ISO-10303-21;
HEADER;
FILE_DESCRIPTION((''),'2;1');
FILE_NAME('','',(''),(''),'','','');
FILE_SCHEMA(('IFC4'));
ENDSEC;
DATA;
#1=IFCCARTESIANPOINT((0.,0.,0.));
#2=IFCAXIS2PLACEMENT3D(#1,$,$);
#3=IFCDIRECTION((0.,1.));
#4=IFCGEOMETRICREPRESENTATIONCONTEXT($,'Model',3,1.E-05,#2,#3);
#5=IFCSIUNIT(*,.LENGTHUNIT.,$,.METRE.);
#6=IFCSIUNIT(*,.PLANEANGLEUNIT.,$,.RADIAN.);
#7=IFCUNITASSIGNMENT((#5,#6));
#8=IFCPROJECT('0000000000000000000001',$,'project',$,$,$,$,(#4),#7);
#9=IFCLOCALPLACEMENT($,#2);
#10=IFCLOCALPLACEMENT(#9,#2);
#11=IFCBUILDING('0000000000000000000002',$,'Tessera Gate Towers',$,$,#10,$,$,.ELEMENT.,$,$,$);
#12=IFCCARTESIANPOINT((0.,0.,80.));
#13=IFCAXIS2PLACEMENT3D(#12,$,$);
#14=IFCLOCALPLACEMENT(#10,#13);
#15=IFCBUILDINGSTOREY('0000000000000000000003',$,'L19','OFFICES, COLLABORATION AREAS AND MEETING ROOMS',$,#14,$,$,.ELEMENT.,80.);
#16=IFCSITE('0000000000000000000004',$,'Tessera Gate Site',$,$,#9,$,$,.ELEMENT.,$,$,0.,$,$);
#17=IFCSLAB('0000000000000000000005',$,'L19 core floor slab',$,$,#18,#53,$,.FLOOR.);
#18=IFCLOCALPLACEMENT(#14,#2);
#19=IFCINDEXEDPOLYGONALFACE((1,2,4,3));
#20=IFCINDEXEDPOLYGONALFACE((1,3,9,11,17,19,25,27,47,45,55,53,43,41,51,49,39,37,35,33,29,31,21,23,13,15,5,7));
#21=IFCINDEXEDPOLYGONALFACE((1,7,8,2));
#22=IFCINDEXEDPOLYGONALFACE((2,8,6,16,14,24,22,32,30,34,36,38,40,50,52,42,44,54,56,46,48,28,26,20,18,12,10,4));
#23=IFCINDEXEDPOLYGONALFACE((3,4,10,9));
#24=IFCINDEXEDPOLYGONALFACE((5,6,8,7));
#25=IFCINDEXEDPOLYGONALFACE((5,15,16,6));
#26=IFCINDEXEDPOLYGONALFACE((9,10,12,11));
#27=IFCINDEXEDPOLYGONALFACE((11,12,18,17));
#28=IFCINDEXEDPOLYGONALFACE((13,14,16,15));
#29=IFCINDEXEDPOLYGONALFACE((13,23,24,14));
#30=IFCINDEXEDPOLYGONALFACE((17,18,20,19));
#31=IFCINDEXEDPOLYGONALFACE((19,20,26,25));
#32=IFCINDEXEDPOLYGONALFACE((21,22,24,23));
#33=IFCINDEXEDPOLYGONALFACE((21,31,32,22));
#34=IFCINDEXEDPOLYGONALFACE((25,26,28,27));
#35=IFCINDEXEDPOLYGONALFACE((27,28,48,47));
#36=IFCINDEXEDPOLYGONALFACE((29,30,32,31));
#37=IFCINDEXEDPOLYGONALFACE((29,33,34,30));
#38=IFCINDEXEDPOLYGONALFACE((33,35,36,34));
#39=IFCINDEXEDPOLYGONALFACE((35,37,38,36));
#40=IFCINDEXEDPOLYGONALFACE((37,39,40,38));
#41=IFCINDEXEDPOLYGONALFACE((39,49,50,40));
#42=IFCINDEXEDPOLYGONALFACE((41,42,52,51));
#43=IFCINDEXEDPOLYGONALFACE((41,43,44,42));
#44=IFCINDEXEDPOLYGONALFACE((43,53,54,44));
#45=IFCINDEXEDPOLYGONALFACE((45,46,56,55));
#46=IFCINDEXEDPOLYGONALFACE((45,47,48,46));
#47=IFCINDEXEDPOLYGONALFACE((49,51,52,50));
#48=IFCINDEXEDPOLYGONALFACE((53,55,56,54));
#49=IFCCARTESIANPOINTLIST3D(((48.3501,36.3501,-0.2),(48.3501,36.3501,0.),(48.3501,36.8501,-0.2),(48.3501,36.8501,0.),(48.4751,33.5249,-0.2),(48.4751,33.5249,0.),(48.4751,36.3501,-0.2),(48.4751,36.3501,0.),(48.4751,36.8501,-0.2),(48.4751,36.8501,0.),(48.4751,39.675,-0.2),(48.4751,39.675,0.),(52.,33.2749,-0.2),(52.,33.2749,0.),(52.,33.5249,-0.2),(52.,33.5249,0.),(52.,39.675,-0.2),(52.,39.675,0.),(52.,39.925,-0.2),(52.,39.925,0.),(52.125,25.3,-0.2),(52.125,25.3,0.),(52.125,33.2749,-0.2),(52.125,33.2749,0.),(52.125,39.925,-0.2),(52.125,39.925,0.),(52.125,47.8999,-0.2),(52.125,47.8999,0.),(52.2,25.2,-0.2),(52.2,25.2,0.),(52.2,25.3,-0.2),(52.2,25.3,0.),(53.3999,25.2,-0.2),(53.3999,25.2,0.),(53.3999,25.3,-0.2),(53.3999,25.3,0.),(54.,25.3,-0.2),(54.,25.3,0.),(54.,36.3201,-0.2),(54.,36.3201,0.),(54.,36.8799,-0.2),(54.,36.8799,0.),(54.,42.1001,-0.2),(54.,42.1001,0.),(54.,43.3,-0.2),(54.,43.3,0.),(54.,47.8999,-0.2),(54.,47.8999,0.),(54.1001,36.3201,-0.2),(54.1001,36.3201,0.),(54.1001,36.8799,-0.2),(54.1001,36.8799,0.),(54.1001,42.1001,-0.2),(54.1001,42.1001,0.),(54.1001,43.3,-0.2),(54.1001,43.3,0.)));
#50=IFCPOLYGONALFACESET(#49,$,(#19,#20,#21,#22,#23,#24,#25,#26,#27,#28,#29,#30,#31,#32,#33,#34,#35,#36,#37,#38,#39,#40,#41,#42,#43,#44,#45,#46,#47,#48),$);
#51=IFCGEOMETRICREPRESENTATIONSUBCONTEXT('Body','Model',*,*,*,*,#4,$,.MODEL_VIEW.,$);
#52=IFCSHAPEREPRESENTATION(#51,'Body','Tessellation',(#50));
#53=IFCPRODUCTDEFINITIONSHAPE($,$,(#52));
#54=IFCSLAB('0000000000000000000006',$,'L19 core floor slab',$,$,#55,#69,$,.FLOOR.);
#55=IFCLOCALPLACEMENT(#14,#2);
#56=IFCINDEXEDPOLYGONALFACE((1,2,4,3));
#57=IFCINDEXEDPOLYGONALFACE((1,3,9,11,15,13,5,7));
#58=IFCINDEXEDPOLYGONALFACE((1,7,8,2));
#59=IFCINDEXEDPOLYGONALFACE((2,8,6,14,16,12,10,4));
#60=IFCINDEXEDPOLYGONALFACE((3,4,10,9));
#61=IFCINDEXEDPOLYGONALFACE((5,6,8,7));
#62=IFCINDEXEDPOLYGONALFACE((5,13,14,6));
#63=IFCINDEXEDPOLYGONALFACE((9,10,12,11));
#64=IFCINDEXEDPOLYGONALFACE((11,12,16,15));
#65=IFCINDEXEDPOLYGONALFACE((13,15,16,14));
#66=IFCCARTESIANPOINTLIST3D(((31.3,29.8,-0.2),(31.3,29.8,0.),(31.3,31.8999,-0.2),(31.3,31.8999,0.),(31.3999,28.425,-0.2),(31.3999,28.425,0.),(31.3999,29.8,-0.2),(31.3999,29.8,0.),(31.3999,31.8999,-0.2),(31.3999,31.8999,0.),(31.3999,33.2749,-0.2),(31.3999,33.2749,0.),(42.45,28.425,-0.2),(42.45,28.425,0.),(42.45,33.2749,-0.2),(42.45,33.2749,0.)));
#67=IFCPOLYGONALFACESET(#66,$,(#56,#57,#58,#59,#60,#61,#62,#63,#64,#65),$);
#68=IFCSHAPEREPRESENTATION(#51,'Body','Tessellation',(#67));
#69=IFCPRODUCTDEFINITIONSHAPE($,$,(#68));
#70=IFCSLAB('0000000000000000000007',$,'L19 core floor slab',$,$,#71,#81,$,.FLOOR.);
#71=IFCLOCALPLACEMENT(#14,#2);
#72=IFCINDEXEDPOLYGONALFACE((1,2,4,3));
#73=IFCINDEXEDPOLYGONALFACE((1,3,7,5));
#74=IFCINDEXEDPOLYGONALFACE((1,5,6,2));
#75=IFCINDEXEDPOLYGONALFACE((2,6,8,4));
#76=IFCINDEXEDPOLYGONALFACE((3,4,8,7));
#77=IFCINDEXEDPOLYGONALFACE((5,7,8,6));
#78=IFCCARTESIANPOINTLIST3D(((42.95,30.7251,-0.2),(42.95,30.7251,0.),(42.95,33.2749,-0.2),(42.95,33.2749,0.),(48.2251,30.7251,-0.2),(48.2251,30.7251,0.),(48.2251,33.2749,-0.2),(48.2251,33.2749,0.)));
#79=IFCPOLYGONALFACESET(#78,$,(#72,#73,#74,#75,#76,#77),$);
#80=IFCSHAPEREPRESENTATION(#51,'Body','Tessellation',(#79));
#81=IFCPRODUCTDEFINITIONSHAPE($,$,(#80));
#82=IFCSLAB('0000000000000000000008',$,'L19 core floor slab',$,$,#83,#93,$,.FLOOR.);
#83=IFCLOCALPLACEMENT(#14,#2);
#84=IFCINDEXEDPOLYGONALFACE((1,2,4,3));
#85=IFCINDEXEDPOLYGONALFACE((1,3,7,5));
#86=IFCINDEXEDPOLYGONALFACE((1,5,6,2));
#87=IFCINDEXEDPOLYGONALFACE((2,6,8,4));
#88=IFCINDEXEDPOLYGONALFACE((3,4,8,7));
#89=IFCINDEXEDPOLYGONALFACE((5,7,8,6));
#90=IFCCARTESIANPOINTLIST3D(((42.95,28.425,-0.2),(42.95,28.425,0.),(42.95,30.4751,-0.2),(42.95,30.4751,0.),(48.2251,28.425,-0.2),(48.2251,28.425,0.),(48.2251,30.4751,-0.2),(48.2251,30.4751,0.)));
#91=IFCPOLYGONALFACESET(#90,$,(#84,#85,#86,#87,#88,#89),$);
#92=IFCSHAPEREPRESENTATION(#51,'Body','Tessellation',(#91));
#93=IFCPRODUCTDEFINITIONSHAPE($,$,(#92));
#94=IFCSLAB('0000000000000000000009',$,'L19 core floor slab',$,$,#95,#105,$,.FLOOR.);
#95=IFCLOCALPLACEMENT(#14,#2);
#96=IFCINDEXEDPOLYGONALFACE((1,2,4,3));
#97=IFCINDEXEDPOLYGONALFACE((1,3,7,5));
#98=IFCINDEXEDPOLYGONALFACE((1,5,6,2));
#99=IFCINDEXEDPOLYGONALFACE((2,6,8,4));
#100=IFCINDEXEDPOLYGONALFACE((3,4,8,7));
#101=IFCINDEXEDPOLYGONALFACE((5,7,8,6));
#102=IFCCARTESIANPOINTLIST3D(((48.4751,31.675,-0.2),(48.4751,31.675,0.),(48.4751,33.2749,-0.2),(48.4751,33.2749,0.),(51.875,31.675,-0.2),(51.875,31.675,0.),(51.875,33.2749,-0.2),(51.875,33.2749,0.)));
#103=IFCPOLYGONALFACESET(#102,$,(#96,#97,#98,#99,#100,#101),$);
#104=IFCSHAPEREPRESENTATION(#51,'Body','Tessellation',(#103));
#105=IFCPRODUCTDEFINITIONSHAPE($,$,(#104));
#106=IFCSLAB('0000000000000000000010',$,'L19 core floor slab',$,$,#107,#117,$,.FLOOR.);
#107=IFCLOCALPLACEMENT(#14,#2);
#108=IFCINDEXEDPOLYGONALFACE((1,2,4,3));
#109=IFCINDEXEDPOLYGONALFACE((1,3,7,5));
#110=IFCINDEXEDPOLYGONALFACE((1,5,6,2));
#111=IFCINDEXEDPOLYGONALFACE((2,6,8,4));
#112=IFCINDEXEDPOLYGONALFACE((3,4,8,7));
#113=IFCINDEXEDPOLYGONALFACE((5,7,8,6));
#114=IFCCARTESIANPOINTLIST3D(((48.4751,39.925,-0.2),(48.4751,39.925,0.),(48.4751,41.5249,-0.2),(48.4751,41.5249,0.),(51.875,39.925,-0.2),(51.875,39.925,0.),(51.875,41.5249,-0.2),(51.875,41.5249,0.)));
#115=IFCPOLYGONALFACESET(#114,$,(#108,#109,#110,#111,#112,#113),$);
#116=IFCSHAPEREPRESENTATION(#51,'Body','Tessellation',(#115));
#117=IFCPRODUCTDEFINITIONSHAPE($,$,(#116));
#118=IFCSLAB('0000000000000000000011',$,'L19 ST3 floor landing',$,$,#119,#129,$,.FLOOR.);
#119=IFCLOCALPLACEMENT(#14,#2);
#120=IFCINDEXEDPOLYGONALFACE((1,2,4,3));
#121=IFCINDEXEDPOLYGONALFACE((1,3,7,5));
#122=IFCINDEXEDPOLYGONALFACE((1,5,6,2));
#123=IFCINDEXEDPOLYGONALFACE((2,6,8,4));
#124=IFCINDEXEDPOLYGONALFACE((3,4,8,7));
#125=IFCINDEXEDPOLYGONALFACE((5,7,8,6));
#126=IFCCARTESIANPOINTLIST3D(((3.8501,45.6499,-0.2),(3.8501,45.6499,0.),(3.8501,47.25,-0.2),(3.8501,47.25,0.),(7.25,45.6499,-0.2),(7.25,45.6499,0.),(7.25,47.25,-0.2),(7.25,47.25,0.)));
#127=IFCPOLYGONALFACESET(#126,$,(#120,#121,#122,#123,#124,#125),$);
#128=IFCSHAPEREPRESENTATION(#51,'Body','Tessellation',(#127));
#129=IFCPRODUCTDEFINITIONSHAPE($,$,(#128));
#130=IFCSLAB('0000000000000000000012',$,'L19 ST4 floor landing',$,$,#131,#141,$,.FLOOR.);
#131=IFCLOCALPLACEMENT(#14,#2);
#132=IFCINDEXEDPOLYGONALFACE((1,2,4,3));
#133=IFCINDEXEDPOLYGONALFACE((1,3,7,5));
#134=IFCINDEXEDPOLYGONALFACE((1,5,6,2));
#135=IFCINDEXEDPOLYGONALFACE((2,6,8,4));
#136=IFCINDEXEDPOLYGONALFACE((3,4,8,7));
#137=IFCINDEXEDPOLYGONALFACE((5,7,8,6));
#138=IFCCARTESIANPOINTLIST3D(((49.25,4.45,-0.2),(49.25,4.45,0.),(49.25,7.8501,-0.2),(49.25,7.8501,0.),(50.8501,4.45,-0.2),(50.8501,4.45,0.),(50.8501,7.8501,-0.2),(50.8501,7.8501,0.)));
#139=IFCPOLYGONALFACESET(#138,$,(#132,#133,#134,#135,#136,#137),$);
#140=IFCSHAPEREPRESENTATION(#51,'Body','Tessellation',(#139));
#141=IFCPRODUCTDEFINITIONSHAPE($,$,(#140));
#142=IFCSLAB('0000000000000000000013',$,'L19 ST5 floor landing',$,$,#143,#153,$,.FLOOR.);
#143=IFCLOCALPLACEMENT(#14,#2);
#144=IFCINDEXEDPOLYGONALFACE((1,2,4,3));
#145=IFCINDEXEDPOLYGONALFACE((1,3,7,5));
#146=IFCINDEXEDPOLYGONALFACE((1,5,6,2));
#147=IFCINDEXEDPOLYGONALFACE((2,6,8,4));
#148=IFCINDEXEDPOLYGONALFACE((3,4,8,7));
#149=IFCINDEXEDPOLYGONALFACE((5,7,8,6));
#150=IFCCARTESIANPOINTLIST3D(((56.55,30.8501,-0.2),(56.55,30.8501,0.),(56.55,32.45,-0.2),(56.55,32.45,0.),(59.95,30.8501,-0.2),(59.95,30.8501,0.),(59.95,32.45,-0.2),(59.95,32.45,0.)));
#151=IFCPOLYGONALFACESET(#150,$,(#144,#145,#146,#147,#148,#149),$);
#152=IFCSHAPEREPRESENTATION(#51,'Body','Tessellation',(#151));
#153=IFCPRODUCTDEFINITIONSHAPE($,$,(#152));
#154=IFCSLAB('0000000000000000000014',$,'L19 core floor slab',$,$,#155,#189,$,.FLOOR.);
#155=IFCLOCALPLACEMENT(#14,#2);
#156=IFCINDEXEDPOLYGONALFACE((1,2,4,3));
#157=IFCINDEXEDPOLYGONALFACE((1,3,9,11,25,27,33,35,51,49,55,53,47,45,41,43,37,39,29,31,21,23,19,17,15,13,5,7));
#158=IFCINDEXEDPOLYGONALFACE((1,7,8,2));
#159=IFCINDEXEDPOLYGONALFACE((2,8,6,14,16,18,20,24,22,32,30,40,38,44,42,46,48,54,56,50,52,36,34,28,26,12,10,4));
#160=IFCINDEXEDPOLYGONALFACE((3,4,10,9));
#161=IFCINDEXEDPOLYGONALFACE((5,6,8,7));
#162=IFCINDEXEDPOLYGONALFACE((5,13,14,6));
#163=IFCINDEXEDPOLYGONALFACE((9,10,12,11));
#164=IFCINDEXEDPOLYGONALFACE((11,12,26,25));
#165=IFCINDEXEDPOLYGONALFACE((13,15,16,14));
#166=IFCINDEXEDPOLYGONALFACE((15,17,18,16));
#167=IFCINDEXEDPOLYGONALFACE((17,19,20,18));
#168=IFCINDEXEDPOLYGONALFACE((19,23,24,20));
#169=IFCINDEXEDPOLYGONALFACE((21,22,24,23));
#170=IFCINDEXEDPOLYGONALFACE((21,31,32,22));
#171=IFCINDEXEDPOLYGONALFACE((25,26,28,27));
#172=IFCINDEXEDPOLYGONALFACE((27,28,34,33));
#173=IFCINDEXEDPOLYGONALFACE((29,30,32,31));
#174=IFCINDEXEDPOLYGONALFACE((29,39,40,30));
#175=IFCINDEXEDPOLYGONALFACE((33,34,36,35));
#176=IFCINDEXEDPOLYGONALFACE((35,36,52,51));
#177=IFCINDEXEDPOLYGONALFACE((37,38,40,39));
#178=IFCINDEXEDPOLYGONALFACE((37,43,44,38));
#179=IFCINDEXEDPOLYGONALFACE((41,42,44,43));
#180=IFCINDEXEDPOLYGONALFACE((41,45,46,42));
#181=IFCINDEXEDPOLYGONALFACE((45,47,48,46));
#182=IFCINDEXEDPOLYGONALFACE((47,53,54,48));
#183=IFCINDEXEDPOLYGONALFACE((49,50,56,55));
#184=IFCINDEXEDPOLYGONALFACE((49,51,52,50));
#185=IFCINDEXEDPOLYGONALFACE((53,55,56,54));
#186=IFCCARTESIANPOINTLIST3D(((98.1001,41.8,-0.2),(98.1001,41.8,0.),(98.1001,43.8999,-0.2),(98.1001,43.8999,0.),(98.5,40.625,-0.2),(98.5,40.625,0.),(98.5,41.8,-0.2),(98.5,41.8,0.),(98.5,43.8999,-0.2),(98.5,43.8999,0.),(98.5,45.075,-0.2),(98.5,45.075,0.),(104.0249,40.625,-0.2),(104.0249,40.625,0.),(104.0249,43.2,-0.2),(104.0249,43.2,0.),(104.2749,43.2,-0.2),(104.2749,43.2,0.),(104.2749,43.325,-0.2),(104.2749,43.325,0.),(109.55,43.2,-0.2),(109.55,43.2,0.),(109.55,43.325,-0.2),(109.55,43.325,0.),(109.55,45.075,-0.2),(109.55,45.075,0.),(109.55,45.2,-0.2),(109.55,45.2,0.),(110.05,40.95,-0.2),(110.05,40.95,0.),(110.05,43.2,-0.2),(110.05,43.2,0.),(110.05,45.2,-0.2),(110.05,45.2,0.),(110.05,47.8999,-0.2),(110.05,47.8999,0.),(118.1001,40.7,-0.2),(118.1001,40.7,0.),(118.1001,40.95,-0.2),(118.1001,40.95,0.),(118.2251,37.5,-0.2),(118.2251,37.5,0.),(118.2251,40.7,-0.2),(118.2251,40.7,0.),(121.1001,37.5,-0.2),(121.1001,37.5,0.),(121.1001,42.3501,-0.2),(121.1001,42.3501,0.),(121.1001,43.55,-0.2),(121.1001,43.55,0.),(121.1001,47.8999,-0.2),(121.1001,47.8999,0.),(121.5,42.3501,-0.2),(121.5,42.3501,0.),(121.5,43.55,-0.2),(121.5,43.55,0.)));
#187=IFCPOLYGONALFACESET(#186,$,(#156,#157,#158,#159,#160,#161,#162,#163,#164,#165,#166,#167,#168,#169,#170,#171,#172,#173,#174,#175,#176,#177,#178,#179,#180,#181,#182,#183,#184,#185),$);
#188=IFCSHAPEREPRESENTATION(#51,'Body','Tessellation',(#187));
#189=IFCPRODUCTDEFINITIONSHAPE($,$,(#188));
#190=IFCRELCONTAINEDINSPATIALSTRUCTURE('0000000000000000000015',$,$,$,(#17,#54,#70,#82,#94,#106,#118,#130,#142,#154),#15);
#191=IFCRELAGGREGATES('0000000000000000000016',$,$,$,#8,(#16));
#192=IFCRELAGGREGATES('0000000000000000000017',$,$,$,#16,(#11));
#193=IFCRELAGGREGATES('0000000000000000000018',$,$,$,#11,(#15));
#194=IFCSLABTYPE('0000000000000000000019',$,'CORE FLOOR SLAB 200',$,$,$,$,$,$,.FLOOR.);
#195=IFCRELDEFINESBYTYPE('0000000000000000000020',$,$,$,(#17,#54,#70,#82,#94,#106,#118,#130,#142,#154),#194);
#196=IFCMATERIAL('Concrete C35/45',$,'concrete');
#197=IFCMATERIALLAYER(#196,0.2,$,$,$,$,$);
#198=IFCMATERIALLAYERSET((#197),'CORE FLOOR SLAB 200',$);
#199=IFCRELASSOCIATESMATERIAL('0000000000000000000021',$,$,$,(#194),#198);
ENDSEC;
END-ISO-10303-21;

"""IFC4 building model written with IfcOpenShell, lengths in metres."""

from ifc_helpers import new_model, si_unit, direction, frame, origin, place, context, subcontext, project, spatial, polyline, outline, extrude, material, layer, layer_set, type_object, element, save


model = new_model("IFC4")

# Units and contexts
model_context = context("Model", 3, precision=1e-05, world=origin(), true_north=direction((0.0, 1.0)))
body_context = subcontext(model_context, "Body", "Model", "MODEL_VIEW")
ifc_project = project(units=[si_unit("LENGTHUNIT", "METRE"), si_unit("PLANEANGLEUNIT", "RADIAN")], contexts=[model_context])

# Site, building, storey
site_placement = place(None, origin())
site = spatial("IfcSite", under=ifc_project, at=site_placement, Name="Tessera Gate Site", CompositionType="ELEMENT", RefElevation=0.0)
building_placement = place(site_placement, origin())
building = spatial("IfcBuilding", under=site, at=building_placement, Name="Tessera Gate Towers", CompositionType="ELEMENT")
storey_placement = place(building_placement, frame((0.0, 0.0, 80.0)))
storey = spatial("IfcBuildingStorey", under=building, at=storey_placement, Name="L19", Description="OFFICES, COLLABORATION AREAS AND MEETING ROOMS", CompositionType="ELEMENT", Elevation=80.0)

# Slabs
ifc_material_1 = material(Name="Concrete C35/45", Category="concrete")
ifc_layer_1 = layer(ifc_material_1, 0.2)
ifc_layer_set_1 = layer_set([ifc_layer_1], Name="CORE FLOOR SLAB 200")
slab_type_1 = type_object("IfcSlabType", Name="CORE FLOOR SLAB 200", PredefinedType="FLOOR", material=ifc_layer_set_1)
slab_1_placement = place(storey_placement, frame((0.0, 0.0, -0.2)))
element("IfcSlab", 1, at=slab_1_placement, inside=storey, type_object=slab_type_1, Name="L19 core floor slab", PredefinedType="FLOOR", context=body_context, shape_type="SweptSolid", body=[
    extrude(outline(polyline([(52.2, 25.2), (53.3999, 25.2), (53.3999, 25.3), (54.0, 25.3), (54.0, 36.3201), (54.1001, 36.3201), (54.1001, 36.8799), (54.0, 36.8799), (54.0, 42.1001), (54.1001, 42.1001), (54.1001, 43.3), (54.0, 43.3), (54.0, 47.8999), (52.125, 47.8999), (52.125, 39.925), (52.0, 39.925), (52.0, 39.675), (48.4751, 39.675), (48.4751, 36.8501), (48.3501, 36.8501), (48.3501, 36.3501), (48.4751, 36.3501), (48.4751, 33.5249), (52.0, 33.5249), (52.0, 33.2749), (52.125, 33.2749), (52.125, 25.3), (52.2, 25.3), (52.2, 25.2)])), origin(), (0.0, 0.0, 1.0), 0.2),
])
slab_2_placement = place(storey_placement, frame((0.0, 0.0, -0.2)))
element("IfcSlab", 2, at=slab_2_placement, inside=storey, type_object=slab_type_1, Name="L19 core floor slab", PredefinedType="FLOOR", context=body_context, shape_type="SweptSolid", body=[
    extrude(outline(polyline([(31.3999, 29.8), (31.3999, 28.425), (42.45, 28.425), (42.45, 33.2749), (31.3999, 33.2749), (31.3999, 31.8999), (31.3, 31.8999), (31.3, 29.8), (31.3999, 29.8)])), origin(), (0.0, 0.0, 1.0), 0.2),
])
slab_3_placement = place(storey_placement, frame((0.0, 0.0, -0.2)))
element("IfcSlab", 3, at=slab_3_placement, inside=storey, type_object=slab_type_1, Name="L19 core floor slab", PredefinedType="FLOOR", context=body_context, shape_type="SweptSolid", body=[
    extrude(outline(polyline([(42.95, 33.2749), (42.95, 30.7251), (48.2251, 30.7251), (48.2251, 33.2749), (42.95, 33.2749)])), origin(), (0.0, 0.0, 1.0), 0.2),
])
slab_4_placement = place(storey_placement, frame((0.0, 0.0, -0.2)))
element("IfcSlab", 4, at=slab_4_placement, inside=storey, type_object=slab_type_1, Name="L19 core floor slab", PredefinedType="FLOOR", context=body_context, shape_type="SweptSolid", body=[
    extrude(outline(polyline([(42.95, 30.4751), (42.95, 28.425), (48.2251, 28.425), (48.2251, 30.4751), (42.95, 30.4751)])), origin(), (0.0, 0.0, 1.0), 0.2),
])
slab_5_placement = place(storey_placement, frame((0.0, 0.0, -0.2)))
element("IfcSlab", 5, at=slab_5_placement, inside=storey, type_object=slab_type_1, Name="L19 core floor slab", PredefinedType="FLOOR", context=body_context, shape_type="SweptSolid", body=[
    extrude(outline(polyline([(51.875, 31.675), (51.875, 33.2749), (48.4751, 33.2749), (48.4751, 31.675), (51.875, 31.675)])), origin(), (0.0, 0.0, 1.0), 0.2),
])
slab_6_placement = place(storey_placement, frame((0.0, 0.0, -0.2)))
element("IfcSlab", 6, at=slab_6_placement, inside=storey, type_object=slab_type_1, Name="L19 core floor slab", PredefinedType="FLOOR", context=body_context, shape_type="SweptSolid", body=[
    extrude(outline(polyline([(48.4751, 41.5249), (48.4751, 39.925), (51.875, 39.925), (51.875, 41.5249), (48.4751, 41.5249)])), origin(), (0.0, 0.0, 1.0), 0.2),
])
slab_7_placement = place(storey_placement, frame((0.0, 0.0, -0.2)))
element("IfcSlab", 7, at=slab_7_placement, inside=storey, type_object=slab_type_1, Name="L19 ST3 floor landing", PredefinedType="FLOOR", context=body_context, shape_type="SweptSolid", body=[
    extrude(outline(polyline([(3.8501, 47.25), (3.8501, 45.6499), (7.25, 45.6499), (7.25, 47.25), (3.8501, 47.25)])), origin(), (0.0, 0.0, 1.0), 0.2),
])
slab_8_placement = place(storey_placement, frame((0.0, 0.0, -0.2)))
element("IfcSlab", 8, at=slab_8_placement, inside=storey, type_object=slab_type_1, Name="L19 ST4 floor landing", PredefinedType="FLOOR", context=body_context, shape_type="SweptSolid", body=[
    extrude(outline(polyline([(49.25, 4.45), (50.8501, 4.45), (50.8501, 7.8501), (49.25, 7.8501), (49.25, 4.45)])), origin(), (0.0, 0.0, 1.0), 0.2),
])
slab_9_placement = place(storey_placement, frame((0.0, 0.0, -0.2)))
element("IfcSlab", 9, at=slab_9_placement, inside=storey, type_object=slab_type_1, Name="L19 ST5 floor landing", PredefinedType="FLOOR", context=body_context, shape_type="SweptSolid", body=[
    extrude(outline(polyline([(59.95, 30.8501), (59.95, 32.45), (56.55, 32.45), (56.55, 30.8501), (59.95, 30.8501)])), origin(), (0.0, 0.0, 1.0), 0.2),
])
slab_10_placement = place(storey_placement, frame((0.0, 0.0, -0.2)))
element("IfcSlab", 10, at=slab_10_placement, inside=storey, type_object=slab_type_1, Name="L19 core floor slab", PredefinedType="FLOOR", context=body_context, shape_type="SweptSolid", body=[
    extrude(outline(polyline([(109.55, 45.2), (109.55, 45.075), (98.5, 45.075), (98.5, 43.8999), (98.1001, 43.8999), (98.1001, 41.8), (98.5, 41.8), (98.5, 40.625), (104.0249, 40.625), (104.0249, 43.2), (104.2749, 43.2), (104.2749, 43.325), (109.55, 43.325), (109.55, 43.2), (110.05, 43.2), (110.05, 40.95), (118.1001, 40.95), (118.1001, 40.7), (118.2251, 40.7), (118.2251, 37.5), (121.1001, 37.5), (121.1001, 42.3501), (121.5, 42.3501), (121.5, 43.55), (121.1001, 43.55), (121.1001, 47.8999), (110.05, 47.8999), (110.05, 45.2), (109.55, 45.2)])), origin(), (0.0, 0.0, 1.0), 0.2),
])

save(model, "model.ifc")
